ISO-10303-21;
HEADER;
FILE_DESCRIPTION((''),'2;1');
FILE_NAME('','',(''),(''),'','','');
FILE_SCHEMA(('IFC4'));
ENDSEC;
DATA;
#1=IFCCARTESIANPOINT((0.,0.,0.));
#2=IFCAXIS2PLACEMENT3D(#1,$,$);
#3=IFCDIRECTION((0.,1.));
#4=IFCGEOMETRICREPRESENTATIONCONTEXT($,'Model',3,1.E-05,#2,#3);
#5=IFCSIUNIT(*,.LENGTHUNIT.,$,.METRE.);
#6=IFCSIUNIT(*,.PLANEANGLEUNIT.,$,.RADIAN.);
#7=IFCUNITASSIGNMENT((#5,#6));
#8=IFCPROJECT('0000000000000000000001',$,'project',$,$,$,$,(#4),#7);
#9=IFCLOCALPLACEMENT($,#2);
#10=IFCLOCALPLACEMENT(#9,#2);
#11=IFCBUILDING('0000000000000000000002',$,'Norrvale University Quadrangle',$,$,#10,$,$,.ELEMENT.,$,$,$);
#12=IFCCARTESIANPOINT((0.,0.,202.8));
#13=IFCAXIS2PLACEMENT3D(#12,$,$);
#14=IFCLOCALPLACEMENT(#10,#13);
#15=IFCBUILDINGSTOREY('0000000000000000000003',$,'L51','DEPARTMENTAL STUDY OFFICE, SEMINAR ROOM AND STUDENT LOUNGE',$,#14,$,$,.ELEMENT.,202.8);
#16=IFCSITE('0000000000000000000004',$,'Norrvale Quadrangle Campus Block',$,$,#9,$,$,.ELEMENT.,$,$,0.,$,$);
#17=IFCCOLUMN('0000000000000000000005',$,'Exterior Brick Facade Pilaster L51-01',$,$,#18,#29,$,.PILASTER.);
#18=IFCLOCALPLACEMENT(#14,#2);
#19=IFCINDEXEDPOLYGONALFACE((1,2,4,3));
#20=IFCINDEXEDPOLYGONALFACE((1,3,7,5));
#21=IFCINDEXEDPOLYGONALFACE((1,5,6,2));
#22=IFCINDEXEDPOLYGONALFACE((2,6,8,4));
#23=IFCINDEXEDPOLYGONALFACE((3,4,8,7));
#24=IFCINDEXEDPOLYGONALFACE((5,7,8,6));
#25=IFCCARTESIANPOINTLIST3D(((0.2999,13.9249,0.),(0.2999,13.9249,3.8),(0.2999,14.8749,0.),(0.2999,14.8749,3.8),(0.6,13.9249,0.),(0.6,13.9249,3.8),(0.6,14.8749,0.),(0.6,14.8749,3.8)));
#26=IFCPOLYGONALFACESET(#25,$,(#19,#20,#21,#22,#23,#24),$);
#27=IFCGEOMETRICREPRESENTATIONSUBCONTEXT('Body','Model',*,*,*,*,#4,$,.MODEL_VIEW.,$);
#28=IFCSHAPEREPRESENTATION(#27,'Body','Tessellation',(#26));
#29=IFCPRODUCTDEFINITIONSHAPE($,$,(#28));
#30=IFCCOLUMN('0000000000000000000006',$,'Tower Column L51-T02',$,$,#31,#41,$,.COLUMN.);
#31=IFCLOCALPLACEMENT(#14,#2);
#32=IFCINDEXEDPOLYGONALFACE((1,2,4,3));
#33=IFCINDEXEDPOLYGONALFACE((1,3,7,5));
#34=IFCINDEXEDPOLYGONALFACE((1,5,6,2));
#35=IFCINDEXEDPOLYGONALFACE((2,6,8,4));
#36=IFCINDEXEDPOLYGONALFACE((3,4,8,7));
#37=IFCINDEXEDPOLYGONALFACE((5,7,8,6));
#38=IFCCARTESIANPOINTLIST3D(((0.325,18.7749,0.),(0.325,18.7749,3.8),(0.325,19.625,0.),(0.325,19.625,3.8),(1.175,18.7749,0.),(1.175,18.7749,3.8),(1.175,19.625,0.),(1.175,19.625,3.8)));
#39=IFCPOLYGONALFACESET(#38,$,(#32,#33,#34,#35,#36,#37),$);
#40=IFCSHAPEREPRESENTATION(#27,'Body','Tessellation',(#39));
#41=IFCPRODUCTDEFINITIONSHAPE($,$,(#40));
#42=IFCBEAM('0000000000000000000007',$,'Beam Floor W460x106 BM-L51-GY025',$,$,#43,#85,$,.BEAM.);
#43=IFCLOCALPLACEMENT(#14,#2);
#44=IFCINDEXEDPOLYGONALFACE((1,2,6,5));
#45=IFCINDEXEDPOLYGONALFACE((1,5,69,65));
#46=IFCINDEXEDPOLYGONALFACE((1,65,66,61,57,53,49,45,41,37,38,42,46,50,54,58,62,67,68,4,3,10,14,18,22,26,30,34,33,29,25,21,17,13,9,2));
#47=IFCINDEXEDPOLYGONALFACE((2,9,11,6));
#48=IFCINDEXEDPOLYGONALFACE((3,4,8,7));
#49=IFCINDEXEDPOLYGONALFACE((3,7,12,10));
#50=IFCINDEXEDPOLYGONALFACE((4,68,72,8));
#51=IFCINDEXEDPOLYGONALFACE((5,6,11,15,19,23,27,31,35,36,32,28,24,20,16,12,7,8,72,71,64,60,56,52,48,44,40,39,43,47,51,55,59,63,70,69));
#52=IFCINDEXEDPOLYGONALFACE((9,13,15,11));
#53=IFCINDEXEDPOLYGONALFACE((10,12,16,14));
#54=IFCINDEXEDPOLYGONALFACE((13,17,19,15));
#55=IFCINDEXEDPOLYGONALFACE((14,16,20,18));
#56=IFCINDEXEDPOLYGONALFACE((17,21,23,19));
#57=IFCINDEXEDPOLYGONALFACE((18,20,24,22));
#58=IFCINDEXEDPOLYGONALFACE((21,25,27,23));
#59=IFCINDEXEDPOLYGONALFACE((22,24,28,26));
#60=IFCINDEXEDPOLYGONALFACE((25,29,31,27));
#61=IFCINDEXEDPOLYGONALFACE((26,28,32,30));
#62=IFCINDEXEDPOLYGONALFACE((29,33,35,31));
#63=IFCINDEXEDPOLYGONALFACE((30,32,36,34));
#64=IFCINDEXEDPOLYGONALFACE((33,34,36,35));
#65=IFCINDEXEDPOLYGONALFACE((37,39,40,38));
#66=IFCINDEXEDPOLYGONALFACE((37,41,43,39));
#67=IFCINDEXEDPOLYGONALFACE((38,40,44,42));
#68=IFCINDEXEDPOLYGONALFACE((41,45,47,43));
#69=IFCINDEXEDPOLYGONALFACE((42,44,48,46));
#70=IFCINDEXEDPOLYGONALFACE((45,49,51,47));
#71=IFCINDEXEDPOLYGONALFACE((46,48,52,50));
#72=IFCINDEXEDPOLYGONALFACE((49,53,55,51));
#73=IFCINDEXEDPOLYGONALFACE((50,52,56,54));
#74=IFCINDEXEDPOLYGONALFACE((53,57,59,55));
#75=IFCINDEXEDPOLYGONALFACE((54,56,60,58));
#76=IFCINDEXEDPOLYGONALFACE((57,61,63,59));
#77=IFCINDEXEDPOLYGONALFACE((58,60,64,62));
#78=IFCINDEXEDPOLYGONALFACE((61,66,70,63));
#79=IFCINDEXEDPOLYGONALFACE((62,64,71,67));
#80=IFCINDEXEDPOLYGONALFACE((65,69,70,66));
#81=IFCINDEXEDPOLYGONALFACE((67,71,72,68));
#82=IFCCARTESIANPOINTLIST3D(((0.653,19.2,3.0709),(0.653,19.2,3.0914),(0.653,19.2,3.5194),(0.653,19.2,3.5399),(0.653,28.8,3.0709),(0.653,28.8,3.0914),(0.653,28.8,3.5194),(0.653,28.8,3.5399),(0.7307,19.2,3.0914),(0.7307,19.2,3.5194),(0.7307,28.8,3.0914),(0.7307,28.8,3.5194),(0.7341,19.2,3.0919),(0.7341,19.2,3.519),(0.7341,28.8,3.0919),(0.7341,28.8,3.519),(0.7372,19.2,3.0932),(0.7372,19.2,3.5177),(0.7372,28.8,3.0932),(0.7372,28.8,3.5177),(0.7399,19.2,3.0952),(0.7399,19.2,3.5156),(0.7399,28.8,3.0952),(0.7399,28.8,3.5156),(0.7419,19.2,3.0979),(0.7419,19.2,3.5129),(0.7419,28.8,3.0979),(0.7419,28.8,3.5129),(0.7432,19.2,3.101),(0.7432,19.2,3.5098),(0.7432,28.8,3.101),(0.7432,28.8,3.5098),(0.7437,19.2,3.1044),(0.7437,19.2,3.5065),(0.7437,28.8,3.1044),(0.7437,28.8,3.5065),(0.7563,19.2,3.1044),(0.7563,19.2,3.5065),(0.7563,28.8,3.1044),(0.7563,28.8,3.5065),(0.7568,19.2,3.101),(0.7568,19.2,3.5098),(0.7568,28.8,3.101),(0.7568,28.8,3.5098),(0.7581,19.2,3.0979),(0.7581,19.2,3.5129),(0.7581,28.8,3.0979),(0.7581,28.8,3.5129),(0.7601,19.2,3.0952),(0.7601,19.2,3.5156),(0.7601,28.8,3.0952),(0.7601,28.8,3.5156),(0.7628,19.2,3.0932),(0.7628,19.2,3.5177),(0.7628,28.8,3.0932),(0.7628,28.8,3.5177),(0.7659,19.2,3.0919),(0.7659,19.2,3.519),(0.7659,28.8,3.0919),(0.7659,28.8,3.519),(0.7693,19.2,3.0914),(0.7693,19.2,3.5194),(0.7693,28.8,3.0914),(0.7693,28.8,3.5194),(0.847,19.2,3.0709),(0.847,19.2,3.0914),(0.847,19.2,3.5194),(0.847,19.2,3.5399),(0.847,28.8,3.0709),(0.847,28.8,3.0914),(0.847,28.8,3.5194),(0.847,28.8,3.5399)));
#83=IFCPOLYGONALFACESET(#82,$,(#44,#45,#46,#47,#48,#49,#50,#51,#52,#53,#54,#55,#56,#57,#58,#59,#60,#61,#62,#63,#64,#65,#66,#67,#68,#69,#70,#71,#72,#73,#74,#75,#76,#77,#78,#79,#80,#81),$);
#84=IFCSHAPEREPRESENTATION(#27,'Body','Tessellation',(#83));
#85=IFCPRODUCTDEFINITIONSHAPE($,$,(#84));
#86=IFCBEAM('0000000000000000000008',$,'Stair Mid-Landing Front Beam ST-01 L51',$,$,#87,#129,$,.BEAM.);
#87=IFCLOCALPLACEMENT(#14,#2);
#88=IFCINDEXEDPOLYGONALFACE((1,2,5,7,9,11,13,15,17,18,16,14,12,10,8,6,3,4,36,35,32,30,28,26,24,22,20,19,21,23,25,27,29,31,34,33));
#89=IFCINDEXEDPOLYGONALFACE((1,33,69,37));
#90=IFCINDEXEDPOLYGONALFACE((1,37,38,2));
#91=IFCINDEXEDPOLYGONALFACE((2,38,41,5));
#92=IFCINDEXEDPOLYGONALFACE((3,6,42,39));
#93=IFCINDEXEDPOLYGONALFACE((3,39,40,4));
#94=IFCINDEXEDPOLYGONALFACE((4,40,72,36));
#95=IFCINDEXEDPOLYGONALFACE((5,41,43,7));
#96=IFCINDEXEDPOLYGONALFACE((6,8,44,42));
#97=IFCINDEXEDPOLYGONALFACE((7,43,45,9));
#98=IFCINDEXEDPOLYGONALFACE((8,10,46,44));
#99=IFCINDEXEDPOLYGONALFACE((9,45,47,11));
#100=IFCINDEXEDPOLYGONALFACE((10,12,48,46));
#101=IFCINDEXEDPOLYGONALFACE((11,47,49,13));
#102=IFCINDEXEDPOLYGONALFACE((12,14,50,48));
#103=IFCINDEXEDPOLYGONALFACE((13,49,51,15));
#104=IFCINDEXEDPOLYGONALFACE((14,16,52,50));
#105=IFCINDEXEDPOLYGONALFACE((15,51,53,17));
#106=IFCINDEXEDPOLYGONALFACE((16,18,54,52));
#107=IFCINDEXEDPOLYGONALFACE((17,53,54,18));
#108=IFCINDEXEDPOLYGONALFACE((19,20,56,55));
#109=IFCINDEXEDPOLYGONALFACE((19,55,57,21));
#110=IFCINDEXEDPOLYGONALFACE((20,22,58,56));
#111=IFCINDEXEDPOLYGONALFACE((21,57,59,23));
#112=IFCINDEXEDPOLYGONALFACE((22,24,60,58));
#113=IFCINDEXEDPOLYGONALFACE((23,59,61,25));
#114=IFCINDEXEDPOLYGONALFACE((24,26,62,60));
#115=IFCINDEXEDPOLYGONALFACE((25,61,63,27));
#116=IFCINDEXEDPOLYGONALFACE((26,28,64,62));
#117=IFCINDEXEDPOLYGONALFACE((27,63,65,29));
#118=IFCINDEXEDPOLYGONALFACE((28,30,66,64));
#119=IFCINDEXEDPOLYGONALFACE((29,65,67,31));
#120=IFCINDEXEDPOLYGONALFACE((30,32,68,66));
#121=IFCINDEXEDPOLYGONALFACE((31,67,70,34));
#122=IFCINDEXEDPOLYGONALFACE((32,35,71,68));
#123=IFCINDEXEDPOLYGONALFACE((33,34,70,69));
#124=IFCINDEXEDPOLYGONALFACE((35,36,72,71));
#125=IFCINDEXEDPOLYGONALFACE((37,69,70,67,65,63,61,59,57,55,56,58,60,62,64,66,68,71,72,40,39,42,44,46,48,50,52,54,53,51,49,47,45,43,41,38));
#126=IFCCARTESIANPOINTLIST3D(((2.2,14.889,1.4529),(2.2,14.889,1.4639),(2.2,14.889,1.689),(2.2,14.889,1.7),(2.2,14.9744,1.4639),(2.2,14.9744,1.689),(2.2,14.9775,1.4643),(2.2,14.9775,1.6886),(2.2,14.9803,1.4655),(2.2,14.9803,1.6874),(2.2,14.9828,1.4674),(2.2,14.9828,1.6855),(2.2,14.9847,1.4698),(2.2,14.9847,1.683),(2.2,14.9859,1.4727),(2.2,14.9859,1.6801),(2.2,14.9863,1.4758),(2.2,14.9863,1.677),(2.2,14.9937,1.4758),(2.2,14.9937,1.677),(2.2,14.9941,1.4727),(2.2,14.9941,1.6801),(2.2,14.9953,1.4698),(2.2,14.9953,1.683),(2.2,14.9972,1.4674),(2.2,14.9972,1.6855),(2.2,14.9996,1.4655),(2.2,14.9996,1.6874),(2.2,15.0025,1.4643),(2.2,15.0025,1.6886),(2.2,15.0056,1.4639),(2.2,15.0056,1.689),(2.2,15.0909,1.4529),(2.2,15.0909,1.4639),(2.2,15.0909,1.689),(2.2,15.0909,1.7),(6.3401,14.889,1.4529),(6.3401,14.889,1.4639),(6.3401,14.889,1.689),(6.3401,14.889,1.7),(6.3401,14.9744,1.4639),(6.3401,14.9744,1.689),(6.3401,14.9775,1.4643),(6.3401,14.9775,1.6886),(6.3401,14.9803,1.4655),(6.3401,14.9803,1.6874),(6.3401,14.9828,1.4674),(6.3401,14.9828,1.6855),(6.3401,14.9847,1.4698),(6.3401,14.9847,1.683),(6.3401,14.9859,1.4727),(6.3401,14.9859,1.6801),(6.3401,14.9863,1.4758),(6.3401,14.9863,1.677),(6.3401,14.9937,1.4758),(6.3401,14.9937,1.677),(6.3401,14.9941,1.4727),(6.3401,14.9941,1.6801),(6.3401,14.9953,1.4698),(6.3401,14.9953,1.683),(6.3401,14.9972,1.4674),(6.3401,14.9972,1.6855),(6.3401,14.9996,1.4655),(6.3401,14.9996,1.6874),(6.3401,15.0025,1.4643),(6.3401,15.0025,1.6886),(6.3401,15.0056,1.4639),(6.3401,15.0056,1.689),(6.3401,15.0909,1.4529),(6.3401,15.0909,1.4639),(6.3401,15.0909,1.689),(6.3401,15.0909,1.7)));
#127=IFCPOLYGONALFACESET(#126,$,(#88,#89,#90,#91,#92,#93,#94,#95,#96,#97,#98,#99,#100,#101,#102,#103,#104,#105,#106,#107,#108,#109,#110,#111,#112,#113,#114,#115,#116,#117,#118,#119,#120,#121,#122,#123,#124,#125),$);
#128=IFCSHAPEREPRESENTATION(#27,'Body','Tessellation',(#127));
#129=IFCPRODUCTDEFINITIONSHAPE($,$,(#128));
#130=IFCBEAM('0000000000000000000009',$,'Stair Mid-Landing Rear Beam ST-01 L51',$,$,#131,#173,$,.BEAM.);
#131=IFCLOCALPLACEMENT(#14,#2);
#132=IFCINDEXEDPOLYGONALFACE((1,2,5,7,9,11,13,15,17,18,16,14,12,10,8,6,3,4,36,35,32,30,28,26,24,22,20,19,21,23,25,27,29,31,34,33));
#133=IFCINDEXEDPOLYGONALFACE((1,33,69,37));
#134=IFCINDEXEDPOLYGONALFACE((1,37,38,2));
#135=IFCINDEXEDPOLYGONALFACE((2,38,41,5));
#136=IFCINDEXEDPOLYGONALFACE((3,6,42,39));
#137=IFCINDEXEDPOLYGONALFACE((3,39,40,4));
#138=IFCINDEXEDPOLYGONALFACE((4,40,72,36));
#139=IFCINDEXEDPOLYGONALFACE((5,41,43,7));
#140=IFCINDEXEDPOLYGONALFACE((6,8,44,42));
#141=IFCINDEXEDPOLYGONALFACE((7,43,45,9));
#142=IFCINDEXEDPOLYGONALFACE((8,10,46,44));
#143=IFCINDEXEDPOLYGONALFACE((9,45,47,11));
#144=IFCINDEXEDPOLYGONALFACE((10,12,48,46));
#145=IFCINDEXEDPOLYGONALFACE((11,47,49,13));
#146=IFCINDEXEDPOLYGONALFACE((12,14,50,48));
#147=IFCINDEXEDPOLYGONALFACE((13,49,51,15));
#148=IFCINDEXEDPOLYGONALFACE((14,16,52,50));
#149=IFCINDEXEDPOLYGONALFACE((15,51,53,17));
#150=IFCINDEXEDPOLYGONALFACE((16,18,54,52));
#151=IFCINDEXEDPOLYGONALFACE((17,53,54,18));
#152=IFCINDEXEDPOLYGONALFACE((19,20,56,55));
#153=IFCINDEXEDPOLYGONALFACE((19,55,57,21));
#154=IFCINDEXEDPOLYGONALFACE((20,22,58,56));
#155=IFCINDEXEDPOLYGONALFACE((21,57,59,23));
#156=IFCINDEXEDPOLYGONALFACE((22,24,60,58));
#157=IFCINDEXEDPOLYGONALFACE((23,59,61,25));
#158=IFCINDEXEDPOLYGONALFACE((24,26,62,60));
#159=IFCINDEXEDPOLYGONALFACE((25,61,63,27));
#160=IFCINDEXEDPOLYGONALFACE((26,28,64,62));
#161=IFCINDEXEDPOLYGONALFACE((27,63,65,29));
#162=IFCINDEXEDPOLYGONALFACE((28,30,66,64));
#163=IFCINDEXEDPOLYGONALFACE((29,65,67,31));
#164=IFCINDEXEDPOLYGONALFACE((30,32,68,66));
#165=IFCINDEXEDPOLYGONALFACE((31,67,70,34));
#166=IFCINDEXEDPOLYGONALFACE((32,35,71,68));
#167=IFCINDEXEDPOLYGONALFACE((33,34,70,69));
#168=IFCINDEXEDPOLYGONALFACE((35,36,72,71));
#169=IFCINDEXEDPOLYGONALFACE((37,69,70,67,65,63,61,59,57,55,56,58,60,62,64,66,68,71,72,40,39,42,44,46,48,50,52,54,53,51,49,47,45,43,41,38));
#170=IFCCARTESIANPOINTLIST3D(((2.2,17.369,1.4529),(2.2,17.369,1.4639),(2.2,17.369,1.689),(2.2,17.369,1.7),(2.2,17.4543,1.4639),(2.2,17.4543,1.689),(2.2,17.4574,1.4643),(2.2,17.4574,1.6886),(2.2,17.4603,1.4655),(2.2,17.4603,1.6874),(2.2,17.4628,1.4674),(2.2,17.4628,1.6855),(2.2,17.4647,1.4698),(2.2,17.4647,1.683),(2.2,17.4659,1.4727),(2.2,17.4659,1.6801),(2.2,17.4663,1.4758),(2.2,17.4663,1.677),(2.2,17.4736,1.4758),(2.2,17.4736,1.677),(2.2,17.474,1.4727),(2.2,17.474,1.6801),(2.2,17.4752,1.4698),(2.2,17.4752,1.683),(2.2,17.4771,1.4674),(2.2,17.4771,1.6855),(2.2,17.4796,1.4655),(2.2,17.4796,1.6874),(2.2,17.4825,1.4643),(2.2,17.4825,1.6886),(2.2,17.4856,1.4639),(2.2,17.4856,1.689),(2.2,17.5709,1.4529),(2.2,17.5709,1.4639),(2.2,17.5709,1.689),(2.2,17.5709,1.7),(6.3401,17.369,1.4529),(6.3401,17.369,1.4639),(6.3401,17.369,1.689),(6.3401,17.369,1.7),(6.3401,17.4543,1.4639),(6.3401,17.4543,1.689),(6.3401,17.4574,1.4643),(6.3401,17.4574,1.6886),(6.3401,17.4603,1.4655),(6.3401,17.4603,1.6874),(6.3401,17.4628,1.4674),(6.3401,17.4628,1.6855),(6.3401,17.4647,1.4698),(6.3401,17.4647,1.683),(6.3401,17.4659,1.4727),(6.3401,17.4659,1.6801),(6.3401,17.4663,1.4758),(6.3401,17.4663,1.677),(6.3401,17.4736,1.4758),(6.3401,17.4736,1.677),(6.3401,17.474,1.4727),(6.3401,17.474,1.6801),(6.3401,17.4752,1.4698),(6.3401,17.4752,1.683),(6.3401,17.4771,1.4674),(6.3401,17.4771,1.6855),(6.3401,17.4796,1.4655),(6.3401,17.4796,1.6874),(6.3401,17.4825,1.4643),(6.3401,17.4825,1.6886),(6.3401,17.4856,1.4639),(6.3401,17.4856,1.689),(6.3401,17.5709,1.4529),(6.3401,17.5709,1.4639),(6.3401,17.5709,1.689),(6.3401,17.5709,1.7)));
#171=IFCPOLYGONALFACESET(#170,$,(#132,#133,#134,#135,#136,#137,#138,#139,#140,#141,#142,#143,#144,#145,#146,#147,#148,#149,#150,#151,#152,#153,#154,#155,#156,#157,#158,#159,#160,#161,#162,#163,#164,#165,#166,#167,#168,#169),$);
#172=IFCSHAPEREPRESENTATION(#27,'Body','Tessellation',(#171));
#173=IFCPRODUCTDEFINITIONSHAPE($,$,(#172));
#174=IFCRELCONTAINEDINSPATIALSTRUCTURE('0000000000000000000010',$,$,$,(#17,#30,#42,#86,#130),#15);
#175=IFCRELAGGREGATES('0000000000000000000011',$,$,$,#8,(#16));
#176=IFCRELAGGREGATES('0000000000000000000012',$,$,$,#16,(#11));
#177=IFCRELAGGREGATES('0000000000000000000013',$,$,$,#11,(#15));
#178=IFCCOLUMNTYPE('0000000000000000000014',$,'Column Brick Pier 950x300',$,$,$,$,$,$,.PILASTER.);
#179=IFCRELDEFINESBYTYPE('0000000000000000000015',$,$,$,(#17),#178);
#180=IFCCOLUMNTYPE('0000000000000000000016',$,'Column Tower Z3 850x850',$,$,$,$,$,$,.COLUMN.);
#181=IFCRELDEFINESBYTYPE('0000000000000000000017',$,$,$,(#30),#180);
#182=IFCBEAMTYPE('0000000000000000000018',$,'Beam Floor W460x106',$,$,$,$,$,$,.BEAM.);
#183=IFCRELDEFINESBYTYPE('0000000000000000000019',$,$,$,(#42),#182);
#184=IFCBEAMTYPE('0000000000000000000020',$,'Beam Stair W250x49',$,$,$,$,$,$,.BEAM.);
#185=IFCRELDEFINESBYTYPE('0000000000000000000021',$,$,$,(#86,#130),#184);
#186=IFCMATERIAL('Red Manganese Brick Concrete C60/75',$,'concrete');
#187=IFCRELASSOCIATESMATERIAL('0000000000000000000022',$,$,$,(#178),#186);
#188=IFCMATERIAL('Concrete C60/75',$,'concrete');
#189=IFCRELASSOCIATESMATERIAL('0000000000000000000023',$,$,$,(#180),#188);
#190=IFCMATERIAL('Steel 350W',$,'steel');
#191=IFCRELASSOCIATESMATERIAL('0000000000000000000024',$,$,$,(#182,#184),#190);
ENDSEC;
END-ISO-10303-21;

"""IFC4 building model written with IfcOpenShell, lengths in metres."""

from ifc_helpers import new_model, si_unit, direction, frame, origin, origin_2d, place, context, subcontext, project, spatial, rectangle, i_section, extrude, material, material_profile, profile_set, type_object, element, save


model = new_model("IFC4")

# Units and contexts
model_context = context("Model", 3, precision=1e-05, world=origin(), true_north=direction((0.0, 1.0)))
body_context = subcontext(model_context, "Body", "Model", "MODEL_VIEW")
ifc_project = project(units=[si_unit("LENGTHUNIT", "METRE"), si_unit("PLANEANGLEUNIT", "RADIAN")], contexts=[model_context])

# Site, building, storey
site_placement = place(None, origin())
site = spatial("IfcSite", under=ifc_project, at=site_placement, Name="Norrvale Quadrangle Campus Block", CompositionType="ELEMENT", RefElevation=0.0)
building_placement = place(site_placement, origin())
building = spatial("IfcBuilding", under=site, at=building_placement, Name="Norrvale University Quadrangle", CompositionType="ELEMENT")
storey_placement = place(building_placement, frame((0.0, 0.0, 202.8)))
storey = spatial("IfcBuildingStorey", under=building, at=storey_placement, Name="L51", Description="DEPARTMENTAL STUDY OFFICE, SEMINAR ROOM AND STUDENT LOUNGE", CompositionType="ELEMENT", Elevation=202.8)

# Columns
ifc_material_1 = material(Name="Red Manganese Brick Concrete C60/75", Category="concrete")
ifc_material_profile_1 = material_profile(ifc_material_1, rectangle(XDim=0.95, YDim=0.3, at=origin_2d()), Name="Red Manganese Brick Concrete C60/75")
ifc_profile_set_1 = profile_set([ifc_material_profile_1], Name="Red Manganese Brick Concrete C60/75")
column_type_1 = type_object("IfcColumnType", Name="Column Brick Pier 950x300", PredefinedType="PILASTER", material=ifc_profile_set_1)
column_1_placement = place(storey_placement, frame((0.45, 14.3999, 0.0), z_axis=(0.0, 0.0, 1.0), x_axis=(0.0, 1.0, 0.0)))
element("IfcColumn", 1, at=column_1_placement, inside=storey, type_object=column_type_1, Name="Exterior Brick Facade Pilaster L51-01", PredefinedType="PILASTER", context=body_context, shape_type="SweptSolid", body=[
    extrude(rectangle(XDim=0.95, YDim=0.3, at=origin_2d()), origin(), (0.0, 0.0, 1.0), 3.8),
])
ifc_material_2 = material(Name="Concrete C60/75", Category="concrete")
ifc_material_profile_2 = material_profile(ifc_material_2, rectangle(XDim=0.8501, YDim=0.8501, at=origin_2d()), Name="Concrete C60/75")
ifc_profile_set_2 = profile_set([ifc_material_profile_2], Name="Concrete C60/75")
column_type_2 = type_object("IfcColumnType", Name="Column Tower Z3 850x850", PredefinedType="COLUMN", material=ifc_profile_set_2)
column_2_placement = place(storey_placement, frame((0.75, 19.2, 0.0), z_axis=(0.0, 0.0, 1.0), x_axis=(1.0, 0.0, 0.0)))
element("IfcColumn", 2, at=column_2_placement, inside=storey, type_object=column_type_2, Name="Tower Column L51-T02", PredefinedType="COLUMN", context=body_context, shape_type="SweptSolid", body=[
    extrude(rectangle(XDim=0.8501, YDim=0.8501, at=origin_2d()), origin(), (0.0, 0.0, 1.0), 3.8),
])

# Beams
ifc_material_3 = material(Name="Steel 350W", Category="steel")
ifc_material_profile_3 = material_profile(ifc_material_3, i_section(OverallWidth=0.1941, OverallDepth=0.469, WebThickness=0.0127, FlangeThickness=0.0205, FilletRadius=0.0129, at=origin_2d()), Name="Steel 350W")
ifc_profile_set_3 = profile_set([ifc_material_profile_3], Name="Steel 350W")
beam_type_1 = type_object("IfcBeamType", Name="Beam Floor W460x106", PredefinedType="BEAM", material=ifc_profile_set_3)
beam_1_placement = place(storey_placement, frame((0.75, 19.2, 3.3054), z_axis=(0.0, 1.0, 0.0), x_axis=(-1.0, 0.0, 0.0)))
element("IfcBeam", 3, at=beam_1_placement, inside=storey, type_object=beam_type_1, Name="Beam Floor W460x106 BM-L51-GY025", PredefinedType="BEAM", context=body_context, shape_type="SweptSolid", body=[
    extrude(i_section(OverallWidth=0.1941, OverallDepth=0.469, WebThickness=0.0127, FlangeThickness=0.0205, FilletRadius=0.0129, at=origin_2d()), origin(), (0.0, 0.0, 1.0), 9.6001),
])
ifc_material_profile_4 = material_profile(ifc_material_3, i_section(OverallWidth=0.2019, OverallDepth=0.2471, WebThickness=0.0073, FlangeThickness=0.011, FilletRadius=0.012, at=origin_2d()), Name="Steel 350W")
ifc_profile_set_4 = profile_set([ifc_material_profile_4], Name="Steel 350W")
beam_type_2 = type_object("IfcBeamType", Name="Beam Stair W250x49", PredefinedType="BEAM", material=ifc_profile_set_4)
for number, where, z_axis, x_axis, name in (
    (4, (2.2, 14.99, 1.5764), (1.0, 0.0, 0.0), (0.0, 1.0, 0.0), "Stair Mid-Landing Front Beam ST-01 L51"),
    (5, (2.2, 17.47, 1.5764), (1.0, 0.0, 0.0), (0.0, 1.0, 0.0), "Stair Mid-Landing Rear Beam ST-01 L51"),
):
    element("IfcBeam", number, at=place(storey_placement, frame(where, z_axis=z_axis, x_axis=x_axis)), inside=storey, type_object=beam_type_2, Name=name, PredefinedType="BEAM", context=body_context, shape_type="SweptSolid", body=[
        extrude(i_section(OverallWidth=0.2019, OverallDepth=0.2471, WebThickness=0.0073, FlangeThickness=0.011, FilletRadius=0.012, at=origin_2d()), origin(), (0.0, 0.0, 1.0), 4.1401),
    ])

save(model, "model.ifc")
